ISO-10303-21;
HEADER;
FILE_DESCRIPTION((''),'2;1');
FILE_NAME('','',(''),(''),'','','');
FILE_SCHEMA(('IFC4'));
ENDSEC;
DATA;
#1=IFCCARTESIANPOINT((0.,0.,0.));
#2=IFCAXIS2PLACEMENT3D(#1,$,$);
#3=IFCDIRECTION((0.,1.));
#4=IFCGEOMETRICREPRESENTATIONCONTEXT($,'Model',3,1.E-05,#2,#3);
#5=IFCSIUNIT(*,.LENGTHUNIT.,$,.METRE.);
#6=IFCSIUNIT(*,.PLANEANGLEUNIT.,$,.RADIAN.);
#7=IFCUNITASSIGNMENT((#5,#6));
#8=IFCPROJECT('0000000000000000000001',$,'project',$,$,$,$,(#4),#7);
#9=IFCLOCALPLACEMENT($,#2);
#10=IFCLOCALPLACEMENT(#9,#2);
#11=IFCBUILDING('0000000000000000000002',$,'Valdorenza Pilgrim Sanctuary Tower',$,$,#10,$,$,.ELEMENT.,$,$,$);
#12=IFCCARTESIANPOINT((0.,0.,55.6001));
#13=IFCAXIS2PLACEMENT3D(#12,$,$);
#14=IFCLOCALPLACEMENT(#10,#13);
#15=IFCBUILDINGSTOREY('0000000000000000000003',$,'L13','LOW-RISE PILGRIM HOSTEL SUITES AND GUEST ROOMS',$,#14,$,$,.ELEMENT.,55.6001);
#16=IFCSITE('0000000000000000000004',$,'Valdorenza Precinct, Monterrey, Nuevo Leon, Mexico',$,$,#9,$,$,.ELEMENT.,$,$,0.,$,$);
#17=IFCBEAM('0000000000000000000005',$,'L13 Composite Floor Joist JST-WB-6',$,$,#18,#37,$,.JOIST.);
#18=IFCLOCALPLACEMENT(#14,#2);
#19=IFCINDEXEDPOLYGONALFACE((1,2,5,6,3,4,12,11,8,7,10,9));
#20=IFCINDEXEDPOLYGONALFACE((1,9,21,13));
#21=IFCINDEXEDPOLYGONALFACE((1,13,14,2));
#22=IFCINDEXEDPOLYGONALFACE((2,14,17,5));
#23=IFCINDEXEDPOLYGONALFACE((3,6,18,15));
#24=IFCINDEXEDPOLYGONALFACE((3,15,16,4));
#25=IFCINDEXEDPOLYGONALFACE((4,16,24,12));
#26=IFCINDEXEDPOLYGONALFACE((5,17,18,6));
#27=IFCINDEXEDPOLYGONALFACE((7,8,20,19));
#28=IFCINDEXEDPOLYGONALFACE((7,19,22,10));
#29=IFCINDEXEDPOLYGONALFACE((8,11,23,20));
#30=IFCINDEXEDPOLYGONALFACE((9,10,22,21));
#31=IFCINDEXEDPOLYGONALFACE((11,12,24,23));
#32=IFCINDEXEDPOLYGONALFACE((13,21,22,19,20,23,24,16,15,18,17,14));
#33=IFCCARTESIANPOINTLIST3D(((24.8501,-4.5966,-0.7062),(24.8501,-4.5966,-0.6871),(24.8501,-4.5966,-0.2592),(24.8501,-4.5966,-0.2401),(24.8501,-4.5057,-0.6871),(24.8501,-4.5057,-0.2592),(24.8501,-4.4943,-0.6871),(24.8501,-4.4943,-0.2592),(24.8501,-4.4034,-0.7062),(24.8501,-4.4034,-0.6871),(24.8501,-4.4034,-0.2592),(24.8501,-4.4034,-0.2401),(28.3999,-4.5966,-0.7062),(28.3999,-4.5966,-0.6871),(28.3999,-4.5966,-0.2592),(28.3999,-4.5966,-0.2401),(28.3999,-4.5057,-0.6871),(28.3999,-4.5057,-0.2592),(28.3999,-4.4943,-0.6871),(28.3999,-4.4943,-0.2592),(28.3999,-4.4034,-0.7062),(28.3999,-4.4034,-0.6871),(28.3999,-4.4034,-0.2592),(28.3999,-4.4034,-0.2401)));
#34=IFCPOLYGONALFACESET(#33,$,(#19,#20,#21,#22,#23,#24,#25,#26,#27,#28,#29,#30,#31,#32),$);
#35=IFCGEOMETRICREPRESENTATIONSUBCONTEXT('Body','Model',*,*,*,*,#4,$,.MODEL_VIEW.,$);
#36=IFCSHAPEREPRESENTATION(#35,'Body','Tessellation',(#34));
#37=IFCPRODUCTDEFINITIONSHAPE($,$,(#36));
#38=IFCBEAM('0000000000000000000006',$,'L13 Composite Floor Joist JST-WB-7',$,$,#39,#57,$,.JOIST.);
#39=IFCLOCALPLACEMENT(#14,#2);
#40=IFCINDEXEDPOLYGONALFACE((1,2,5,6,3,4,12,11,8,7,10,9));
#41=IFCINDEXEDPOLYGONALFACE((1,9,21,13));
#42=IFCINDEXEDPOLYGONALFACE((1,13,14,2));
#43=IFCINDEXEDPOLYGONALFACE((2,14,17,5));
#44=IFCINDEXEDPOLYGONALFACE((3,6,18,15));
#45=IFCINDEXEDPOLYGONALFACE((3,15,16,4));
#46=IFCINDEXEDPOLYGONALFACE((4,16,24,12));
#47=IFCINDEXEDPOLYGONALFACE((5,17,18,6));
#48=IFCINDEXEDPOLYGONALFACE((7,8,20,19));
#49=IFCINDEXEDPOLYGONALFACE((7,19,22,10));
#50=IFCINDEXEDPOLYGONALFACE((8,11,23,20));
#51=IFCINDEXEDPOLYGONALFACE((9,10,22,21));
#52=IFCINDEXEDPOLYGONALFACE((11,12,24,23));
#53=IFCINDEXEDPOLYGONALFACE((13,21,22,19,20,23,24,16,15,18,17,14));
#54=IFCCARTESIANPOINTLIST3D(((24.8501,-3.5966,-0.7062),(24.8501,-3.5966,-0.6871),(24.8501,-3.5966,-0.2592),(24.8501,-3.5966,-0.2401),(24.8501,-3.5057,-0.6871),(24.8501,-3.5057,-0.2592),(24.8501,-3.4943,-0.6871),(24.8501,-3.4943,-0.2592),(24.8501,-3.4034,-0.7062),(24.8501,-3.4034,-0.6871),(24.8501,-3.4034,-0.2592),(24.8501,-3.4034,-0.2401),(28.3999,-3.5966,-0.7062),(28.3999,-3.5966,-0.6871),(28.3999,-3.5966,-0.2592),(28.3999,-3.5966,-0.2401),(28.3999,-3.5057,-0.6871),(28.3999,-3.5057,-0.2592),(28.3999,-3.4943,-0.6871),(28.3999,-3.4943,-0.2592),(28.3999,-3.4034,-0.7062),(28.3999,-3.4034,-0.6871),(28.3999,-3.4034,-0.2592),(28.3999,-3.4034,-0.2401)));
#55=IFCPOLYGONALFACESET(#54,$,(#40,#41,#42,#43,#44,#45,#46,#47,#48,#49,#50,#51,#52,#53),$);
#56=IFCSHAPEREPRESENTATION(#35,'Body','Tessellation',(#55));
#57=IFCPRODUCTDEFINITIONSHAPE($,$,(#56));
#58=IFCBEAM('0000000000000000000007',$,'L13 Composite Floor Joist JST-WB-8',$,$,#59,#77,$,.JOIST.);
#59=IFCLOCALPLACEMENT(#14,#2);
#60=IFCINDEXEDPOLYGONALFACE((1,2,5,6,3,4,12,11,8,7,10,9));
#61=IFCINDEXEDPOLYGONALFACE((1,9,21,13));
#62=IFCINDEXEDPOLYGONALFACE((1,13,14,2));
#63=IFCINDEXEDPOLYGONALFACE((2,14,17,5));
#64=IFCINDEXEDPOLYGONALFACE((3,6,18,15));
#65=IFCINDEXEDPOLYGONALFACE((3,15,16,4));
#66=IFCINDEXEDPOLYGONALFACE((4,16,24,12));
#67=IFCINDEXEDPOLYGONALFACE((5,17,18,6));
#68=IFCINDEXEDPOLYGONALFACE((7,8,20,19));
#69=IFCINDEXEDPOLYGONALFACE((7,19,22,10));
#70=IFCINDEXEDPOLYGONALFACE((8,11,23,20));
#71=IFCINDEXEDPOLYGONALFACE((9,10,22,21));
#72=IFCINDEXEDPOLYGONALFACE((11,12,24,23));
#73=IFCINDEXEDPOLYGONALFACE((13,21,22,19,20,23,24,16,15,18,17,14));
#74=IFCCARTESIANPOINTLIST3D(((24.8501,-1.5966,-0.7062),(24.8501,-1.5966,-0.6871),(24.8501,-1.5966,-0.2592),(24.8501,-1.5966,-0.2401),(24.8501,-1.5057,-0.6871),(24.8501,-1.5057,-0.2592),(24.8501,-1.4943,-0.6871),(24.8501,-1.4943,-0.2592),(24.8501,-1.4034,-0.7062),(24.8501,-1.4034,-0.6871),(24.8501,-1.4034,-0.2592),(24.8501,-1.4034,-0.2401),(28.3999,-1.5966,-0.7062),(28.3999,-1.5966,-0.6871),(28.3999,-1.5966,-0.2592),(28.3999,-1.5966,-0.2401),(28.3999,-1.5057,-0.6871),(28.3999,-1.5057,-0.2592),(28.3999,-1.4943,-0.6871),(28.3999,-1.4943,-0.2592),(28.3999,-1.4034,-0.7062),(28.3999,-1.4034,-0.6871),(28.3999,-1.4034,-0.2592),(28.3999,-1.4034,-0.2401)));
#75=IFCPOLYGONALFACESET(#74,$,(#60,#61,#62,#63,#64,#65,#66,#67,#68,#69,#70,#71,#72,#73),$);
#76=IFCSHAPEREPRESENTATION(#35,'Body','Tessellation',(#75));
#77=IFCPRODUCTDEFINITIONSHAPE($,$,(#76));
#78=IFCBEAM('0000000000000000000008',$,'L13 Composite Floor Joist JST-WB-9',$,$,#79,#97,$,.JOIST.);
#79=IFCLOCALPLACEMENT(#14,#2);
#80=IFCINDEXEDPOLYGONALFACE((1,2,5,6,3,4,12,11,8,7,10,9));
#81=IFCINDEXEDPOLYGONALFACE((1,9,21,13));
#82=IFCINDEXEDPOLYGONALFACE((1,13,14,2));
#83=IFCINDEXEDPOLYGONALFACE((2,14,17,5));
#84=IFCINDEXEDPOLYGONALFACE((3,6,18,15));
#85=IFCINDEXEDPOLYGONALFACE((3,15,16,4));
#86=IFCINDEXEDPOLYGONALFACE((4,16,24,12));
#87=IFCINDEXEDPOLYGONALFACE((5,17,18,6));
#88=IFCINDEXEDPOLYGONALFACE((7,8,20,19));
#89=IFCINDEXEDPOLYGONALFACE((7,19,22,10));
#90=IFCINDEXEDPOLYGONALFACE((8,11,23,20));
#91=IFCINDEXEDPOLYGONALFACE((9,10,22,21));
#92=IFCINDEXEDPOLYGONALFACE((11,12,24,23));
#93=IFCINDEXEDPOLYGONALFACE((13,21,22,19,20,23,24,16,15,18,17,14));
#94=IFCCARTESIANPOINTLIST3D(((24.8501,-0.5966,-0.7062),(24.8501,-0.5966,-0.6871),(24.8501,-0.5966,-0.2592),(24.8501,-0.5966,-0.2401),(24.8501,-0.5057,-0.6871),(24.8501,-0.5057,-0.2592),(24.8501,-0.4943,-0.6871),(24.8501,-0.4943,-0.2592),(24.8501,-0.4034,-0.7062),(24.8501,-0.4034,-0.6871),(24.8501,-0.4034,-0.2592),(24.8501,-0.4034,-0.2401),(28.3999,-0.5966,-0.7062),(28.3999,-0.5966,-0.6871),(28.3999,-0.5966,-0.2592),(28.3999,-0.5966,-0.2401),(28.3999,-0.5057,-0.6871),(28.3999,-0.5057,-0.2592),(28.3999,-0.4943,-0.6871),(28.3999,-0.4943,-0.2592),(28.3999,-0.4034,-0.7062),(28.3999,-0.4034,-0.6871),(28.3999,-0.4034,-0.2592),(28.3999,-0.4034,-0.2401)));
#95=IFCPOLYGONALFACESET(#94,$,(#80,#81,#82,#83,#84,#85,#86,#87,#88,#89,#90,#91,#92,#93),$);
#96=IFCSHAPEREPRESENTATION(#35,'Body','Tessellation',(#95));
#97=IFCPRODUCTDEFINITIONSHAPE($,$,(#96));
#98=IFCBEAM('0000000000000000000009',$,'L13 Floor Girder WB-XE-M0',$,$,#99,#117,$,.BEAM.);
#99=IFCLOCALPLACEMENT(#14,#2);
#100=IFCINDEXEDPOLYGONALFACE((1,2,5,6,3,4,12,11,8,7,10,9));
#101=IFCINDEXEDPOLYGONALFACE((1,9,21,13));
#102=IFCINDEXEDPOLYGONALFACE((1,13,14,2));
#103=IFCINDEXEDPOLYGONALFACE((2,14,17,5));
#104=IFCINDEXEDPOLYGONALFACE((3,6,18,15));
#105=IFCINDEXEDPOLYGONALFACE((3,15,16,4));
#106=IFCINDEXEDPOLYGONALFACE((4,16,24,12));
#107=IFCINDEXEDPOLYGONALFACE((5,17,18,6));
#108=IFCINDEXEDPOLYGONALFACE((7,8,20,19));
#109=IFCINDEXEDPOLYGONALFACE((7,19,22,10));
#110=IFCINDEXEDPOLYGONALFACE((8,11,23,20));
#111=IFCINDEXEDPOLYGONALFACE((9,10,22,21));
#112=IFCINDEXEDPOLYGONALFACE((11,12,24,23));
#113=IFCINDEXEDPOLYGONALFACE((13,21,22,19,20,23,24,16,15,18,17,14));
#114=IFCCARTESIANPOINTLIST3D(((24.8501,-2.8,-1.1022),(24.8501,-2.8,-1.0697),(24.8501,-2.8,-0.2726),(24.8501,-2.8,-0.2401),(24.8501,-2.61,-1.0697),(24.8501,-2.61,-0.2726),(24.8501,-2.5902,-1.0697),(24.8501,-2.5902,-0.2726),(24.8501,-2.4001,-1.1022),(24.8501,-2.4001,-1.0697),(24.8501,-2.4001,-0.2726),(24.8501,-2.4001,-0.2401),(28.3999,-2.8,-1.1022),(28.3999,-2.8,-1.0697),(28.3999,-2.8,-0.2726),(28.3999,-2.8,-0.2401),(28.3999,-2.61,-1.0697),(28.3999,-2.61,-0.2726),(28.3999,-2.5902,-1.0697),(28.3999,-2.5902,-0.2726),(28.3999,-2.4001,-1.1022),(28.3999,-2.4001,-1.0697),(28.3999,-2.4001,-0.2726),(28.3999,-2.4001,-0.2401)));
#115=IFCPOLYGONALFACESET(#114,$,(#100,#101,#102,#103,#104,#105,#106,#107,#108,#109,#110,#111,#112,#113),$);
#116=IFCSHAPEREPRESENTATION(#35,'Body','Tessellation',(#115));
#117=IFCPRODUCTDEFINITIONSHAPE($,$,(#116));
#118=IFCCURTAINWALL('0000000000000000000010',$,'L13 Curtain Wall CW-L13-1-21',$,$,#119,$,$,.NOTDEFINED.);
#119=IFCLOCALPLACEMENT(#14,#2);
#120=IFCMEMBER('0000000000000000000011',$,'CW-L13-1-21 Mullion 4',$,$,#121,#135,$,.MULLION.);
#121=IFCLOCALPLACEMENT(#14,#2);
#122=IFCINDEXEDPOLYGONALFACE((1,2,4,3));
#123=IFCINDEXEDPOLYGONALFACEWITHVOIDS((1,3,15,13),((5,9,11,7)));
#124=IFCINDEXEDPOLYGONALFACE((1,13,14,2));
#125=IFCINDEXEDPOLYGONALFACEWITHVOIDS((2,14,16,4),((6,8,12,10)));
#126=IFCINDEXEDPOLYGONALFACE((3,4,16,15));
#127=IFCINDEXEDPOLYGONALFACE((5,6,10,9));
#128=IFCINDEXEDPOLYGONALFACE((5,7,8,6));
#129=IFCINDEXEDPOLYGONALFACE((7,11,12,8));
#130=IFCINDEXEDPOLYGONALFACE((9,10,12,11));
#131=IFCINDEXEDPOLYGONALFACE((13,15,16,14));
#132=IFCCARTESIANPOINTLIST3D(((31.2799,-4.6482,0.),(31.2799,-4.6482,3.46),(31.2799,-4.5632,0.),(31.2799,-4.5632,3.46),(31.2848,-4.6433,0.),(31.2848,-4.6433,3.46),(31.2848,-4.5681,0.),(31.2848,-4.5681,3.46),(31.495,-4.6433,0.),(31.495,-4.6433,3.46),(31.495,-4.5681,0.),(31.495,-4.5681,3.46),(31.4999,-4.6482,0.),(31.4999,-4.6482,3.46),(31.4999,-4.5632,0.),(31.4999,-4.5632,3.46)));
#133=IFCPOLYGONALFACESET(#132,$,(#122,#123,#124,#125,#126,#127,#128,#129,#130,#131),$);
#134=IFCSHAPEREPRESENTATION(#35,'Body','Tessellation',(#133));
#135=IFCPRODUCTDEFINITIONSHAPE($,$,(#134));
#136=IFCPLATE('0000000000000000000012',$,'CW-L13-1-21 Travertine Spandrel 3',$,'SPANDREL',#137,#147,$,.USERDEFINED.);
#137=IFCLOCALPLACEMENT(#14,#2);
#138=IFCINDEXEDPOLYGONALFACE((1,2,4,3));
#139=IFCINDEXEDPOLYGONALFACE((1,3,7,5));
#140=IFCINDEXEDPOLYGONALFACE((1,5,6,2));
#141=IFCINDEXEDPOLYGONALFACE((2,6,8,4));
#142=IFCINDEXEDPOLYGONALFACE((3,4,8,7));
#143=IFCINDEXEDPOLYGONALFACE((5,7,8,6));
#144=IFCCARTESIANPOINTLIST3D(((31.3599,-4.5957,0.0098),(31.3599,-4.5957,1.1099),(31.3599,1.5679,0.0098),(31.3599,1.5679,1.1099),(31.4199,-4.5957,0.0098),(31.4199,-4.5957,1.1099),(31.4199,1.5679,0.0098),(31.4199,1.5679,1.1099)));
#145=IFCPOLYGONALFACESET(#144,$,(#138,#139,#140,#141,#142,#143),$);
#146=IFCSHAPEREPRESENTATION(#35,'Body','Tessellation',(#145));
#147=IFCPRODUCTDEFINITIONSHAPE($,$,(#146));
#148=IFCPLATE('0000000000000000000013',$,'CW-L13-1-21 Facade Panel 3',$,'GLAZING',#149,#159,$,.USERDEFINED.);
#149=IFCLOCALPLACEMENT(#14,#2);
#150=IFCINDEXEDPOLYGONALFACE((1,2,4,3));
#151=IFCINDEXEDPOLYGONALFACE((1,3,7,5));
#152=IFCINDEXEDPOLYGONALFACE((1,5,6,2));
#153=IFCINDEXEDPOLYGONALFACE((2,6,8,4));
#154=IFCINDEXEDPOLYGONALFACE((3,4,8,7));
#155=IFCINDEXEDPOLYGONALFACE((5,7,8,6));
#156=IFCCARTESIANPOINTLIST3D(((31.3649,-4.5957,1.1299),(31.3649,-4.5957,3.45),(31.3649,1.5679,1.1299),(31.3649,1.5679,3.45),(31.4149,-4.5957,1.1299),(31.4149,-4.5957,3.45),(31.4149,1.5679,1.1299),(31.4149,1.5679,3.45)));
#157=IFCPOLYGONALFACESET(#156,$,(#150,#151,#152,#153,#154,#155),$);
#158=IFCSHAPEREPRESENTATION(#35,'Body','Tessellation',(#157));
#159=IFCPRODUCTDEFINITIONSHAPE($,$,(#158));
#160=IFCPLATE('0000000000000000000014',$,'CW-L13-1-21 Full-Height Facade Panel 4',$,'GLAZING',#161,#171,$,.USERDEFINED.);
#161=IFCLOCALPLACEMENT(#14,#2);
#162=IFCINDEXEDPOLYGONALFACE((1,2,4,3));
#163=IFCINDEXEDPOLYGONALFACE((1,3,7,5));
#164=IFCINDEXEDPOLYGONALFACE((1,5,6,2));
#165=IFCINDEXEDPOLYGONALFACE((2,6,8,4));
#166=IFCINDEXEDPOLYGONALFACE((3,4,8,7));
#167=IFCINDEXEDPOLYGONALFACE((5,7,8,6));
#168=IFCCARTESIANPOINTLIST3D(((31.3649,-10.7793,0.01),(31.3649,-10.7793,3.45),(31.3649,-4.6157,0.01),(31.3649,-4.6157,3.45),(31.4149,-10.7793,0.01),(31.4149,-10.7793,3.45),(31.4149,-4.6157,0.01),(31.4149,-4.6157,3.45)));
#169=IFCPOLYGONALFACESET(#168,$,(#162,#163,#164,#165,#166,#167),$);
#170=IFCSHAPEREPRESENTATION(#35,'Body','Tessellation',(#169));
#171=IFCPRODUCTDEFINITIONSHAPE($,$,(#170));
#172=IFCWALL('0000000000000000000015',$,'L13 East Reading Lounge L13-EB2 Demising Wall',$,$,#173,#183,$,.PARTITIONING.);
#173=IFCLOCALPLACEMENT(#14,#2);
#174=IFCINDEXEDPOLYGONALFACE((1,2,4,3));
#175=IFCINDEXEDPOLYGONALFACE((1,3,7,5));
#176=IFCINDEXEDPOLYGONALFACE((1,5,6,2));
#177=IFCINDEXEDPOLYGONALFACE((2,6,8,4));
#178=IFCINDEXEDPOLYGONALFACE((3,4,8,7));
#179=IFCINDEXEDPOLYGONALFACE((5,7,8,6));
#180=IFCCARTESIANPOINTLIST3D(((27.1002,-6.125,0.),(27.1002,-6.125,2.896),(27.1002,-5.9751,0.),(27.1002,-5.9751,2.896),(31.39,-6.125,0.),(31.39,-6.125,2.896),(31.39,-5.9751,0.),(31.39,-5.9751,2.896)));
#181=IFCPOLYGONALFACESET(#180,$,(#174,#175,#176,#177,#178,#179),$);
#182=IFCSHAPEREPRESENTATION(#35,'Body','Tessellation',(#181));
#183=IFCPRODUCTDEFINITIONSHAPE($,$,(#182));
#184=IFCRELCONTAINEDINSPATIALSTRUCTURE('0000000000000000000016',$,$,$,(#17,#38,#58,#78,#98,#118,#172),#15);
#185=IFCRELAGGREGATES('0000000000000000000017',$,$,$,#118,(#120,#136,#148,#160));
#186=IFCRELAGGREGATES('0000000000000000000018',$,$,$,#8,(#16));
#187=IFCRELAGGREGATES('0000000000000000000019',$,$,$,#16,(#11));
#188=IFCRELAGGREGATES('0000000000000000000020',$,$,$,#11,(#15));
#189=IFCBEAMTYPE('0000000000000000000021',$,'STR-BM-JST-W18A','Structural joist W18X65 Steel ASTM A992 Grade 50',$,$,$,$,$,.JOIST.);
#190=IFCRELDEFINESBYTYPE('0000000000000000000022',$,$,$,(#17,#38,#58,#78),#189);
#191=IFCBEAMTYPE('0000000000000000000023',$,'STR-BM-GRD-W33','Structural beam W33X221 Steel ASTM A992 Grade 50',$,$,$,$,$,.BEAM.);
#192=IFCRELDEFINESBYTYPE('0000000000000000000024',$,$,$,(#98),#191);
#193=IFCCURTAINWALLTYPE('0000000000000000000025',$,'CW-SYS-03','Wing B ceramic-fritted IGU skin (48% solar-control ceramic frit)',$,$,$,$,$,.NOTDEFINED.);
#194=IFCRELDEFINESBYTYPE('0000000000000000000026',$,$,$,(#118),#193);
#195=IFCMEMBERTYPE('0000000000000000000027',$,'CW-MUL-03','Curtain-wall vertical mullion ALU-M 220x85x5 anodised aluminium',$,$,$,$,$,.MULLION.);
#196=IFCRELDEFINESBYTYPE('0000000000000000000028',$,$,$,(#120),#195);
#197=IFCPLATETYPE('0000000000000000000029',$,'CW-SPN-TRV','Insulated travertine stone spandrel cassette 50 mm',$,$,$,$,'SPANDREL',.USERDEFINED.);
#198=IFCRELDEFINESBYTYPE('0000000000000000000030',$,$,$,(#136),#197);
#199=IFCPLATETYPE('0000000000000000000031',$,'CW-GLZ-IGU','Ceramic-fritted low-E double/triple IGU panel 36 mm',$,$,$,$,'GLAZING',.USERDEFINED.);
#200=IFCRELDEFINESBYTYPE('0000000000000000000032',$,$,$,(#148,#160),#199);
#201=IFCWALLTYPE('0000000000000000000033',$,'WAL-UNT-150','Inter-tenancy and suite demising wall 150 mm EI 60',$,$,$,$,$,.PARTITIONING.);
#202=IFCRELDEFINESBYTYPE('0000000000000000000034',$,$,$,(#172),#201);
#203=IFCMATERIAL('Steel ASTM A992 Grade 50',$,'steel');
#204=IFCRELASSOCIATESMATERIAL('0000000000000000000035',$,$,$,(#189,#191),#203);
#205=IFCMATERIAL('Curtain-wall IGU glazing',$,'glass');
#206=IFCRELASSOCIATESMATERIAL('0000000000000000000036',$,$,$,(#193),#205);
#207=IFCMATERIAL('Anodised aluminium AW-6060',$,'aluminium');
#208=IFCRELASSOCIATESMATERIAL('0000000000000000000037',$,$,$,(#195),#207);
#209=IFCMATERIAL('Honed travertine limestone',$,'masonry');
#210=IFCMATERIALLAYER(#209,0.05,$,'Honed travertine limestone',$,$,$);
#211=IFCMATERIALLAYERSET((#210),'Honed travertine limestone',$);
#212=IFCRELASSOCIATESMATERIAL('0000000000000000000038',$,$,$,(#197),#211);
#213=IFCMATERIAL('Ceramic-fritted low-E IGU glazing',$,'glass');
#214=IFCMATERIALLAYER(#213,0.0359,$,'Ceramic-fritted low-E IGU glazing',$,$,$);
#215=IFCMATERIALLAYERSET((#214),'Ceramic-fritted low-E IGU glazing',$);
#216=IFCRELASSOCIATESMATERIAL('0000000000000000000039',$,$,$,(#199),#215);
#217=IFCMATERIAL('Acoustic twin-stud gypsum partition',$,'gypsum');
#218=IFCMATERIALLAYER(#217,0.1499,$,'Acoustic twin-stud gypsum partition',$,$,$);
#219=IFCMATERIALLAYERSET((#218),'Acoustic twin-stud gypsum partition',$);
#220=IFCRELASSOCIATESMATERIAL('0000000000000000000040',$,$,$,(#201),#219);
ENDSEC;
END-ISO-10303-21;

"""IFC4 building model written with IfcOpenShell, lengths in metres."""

from ifc_helpers import new_model, si_unit, direction, frame, frame_2d, origin, origin_2d, place, context, subcontext, project, spatial, rectangle, hollow_rectangle, i_section, extrude, source, transform, mapped, material, layer, layer_set, material_profile, profile_set, type_object, element, aggregate, save


model = new_model("IFC4")

# Units and contexts
model_context = context("Model", 3, precision=1e-05, world=origin(), true_north=direction((0.0, 1.0)))
body_context = subcontext(model_context, "Body", "Model", "MODEL_VIEW")
ifc_project = project(units=[si_unit("LENGTHUNIT", "METRE"), si_unit("PLANEANGLEUNIT", "RADIAN")], contexts=[model_context])

# Site, building, storey
site_placement = place(None, origin())
site = spatial("IfcSite", under=ifc_project, at=site_placement, Name="Valdorenza Precinct, Monterrey, Nuevo Leon, Mexico", CompositionType="ELEMENT", RefElevation=0.0)
building_placement = place(site_placement, origin())
building = spatial("IfcBuilding", under=site, at=building_placement, Name="Valdorenza Pilgrim Sanctuary Tower", CompositionType="ELEMENT")
storey_placement = place(building_placement, frame((0.0, 0.0, 55.6001)))
storey = spatial("IfcBuildingStorey", under=building, at=storey_placement, Name="L13", Description="LOW-RISE PILGRIM HOSTEL SUITES AND GUEST ROOMS", CompositionType="ELEMENT", Elevation=55.6001)

# Beams
ifc_material_1 = material(Name="Steel ASTM A992 Grade 50", Category="steel")
ifc_material_profile_1 = material_profile(ifc_material_1, i_section(OverallWidth=0.1931, OverallDepth=0.4661, WebThickness=0.0115, FlangeThickness=0.019, at=origin_2d()), Name="W18X65")
ifc_profile_set_1 = profile_set([ifc_material_profile_1], Name="Steel ASTM A992 Grade 50")
beam_type_1 = type_object("IfcBeamType", Name="STR-BM-JST-W18A", Description="Structural joist W18X65 Steel ASTM A992 Grade 50", PredefinedType="JOIST", material=ifc_profile_set_1)
shared_shape_1 = source(origin(), body_context, "Body", "SweptSolid", [
    extrude(i_section(OverallWidth=0.1931, OverallDepth=0.4661, WebThickness=0.0115, FlangeThickness=0.019, at=origin_2d()), origin(), (0.0, 0.0, 1.0), 3.5498),
])
for number, where, z_axis, x_axis, name in (
    (1, (24.8501, -4.5, -0.4731), (1.0, 0.0, 0.0), (0.0, 1.0, 0.0), "L13 Composite Floor Joist JST-WB-6"),
    (2, (24.8501, -3.5, -0.4731), (1.0, 0.0, 0.0), (0.0, 1.0, 0.0), "L13 Composite Floor Joist JST-WB-7"),
    (3, (24.8501, -1.5, -0.4731), (1.0, 0.0, 0.0), (0.0, 1.0, 0.0), "L13 Composite Floor Joist JST-WB-8"),
    (4, (24.8501, -0.5, -0.4731), (1.0, 0.0, 0.0), (0.0, 1.0, 0.0), "L13 Composite Floor Joist JST-WB-9"),
):
    element("IfcBeam", number, at=place(storey_placement, frame(where, z_axis=z_axis, x_axis=x_axis)), inside=storey, type_object=beam_type_1, Name=name, PredefinedType="JOIST", context=body_context, shape_type="MappedRepresentation", body=[
        mapped(shared_shape_1, transform((0.0, 0.0, 0.0), x_axis=(1.0, 0.0, 0.0), y_axis=(0.0, 1.0, 0.0), z_axis=(0.0, 0.0, 1.0), scale=1.0)),
    ])
ifc_material_profile_2 = material_profile(ifc_material_1, i_section(OverallWidth=0.3999, OverallDepth=0.8621, WebThickness=0.0198, FlangeThickness=0.0325, at=origin_2d()), Name="W33X221")
ifc_profile_set_2 = profile_set([ifc_material_profile_2], Name="Steel ASTM A992 Grade 50")
beam_type_2 = type_object("IfcBeamType", Name="STR-BM-GRD-W33", Description="Structural beam W33X221 Steel ASTM A992 Grade 50", PredefinedType="BEAM", material=ifc_profile_set_2)
shared_shape_2 = source(origin(), body_context, "Body", "SweptSolid", [
    extrude(i_section(OverallWidth=0.3999, OverallDepth=0.8621, WebThickness=0.0198, FlangeThickness=0.0325, at=origin_2d()), origin(), (0.0, 0.0, 1.0), 3.5498),
])
beam_1_placement = place(storey_placement, frame((24.8501, -2.6001, -0.6711), z_axis=(1.0, 0.0, 0.0), x_axis=(0.0, 1.0, 0.0)))
element("IfcBeam", 5, at=beam_1_placement, inside=storey, type_object=beam_type_2, Name="L13 Floor Girder WB-XE-M0", PredefinedType="BEAM", context=body_context, shape_type="MappedRepresentation", body=[
    mapped(shared_shape_2, transform((0.0, 0.0, 0.0), x_axis=(1.0, 0.0, 0.0), y_axis=(0.0, 1.0, 0.0), z_axis=(0.0, 0.0, 1.0), scale=1.0)),
])

# Curtain wall, member, plates
ifc_material_2 = material(Name="Curtain-wall IGU glazing", Category="glass")
curtain_wall_type = type_object("IfcCurtainWallType", Name="CW-SYS-03", Description="Wing B ceramic-fritted IGU skin (48% solar-control ceramic frit)", PredefinedType="NOTDEFINED", material=ifc_material_2)
curtain_wall_placement = place(storey_placement, origin())
curtain_wall = element("IfcCurtainWall", 6, at=curtain_wall_placement, inside=storey, type_object=curtain_wall_type, Name="L13 Curtain Wall CW-L13-1-21", PredefinedType="NOTDEFINED")
ifc_material_3 = material(Name="Anodised aluminium AW-6060", Category="aluminium")
ifc_material_profile_3 = material_profile(ifc_material_3, hollow_rectangle(XDim=0.085, YDim=0.22, WallThickness=0.0049, at=origin_2d()), Name="ALU-M 220x85x5")
ifc_profile_set_3 = profile_set([ifc_material_profile_3], Name="Anodised aluminium AW-6060")
member_type = type_object("IfcMemberType", Name="CW-MUL-03", Description="Curtain-wall vertical mullion ALU-M 220x85x5 anodised aluminium", PredefinedType="MULLION", material=ifc_profile_set_3)
shared_shape_3 = source(origin(), body_context, "Body", "SweptSolid", [
    extrude(hollow_rectangle(XDim=0.085, YDim=0.22, WallThickness=0.0049, at=origin_2d()), origin(), (0.0, 0.0, 1.0), 3.46),
])
member_placement = place(storey_placement, frame((31.3899, -4.6057, 0.0), z_axis=(0.0, 0.0, 1.0), x_axis=(0.0, -1.0, 0.0)))
member = element("IfcMember", 7, at=member_placement, type_object=member_type, Name="CW-L13-1-21 Mullion 4", PredefinedType="MULLION", context=body_context, shape_type="MappedRepresentation", body=[
    mapped(shared_shape_3, transform((0.0, 0.0, 0.0), x_axis=(1.0, 0.0, 0.0), y_axis=(0.0, 1.0, 0.0), z_axis=(0.0, 0.0, 1.0), scale=1.0)),
])
ifc_material_4 = material(Name="Honed travertine limestone", Category="masonry")
ifc_layer_1 = layer(ifc_material_4, 0.05, Name="Honed travertine limestone")
ifc_layer_set_1 = layer_set([ifc_layer_1], Name="Honed travertine limestone")
plate_type_1 = type_object("IfcPlateType", Name="CW-SPN-TRV", Description="Insulated travertine stone spandrel cassette 50 mm", ElementType="SPANDREL", PredefinedType="USERDEFINED", material=ifc_layer_set_1)
shared_shape_4 = source(origin(), body_context, "Body", "SweptSolid", [
    extrude(rectangle(XDim=6.1636, YDim=0.0601, at=origin_2d()), origin(), (0.0, 0.0, 1.0), 1.1001),
])
plate_1_placement = place(storey_placement, frame((31.3899, -1.5139, 0.0098), z_axis=(0.0, 0.0, 1.0), x_axis=(0.0, -1.0, 0.0)))
plate_1 = element("IfcPlate", 8, at=plate_1_placement, type_object=plate_type_1, Name="CW-L13-1-21 Travertine Spandrel 3", ObjectType="SPANDREL", PredefinedType="USERDEFINED", context=body_context, shape_type="MappedRepresentation", body=[
    mapped(shared_shape_4, transform((0.0, 0.0, 0.0), x_axis=(1.0, 0.0, 0.0), y_axis=(0.0, 1.0, 0.0), z_axis=(0.0, 0.0, 1.0), scale=1.0)),
])
ifc_material_5 = material(Name="Ceramic-fritted low-E IGU glazing", Category="glass")
ifc_layer_2 = layer(ifc_material_5, 0.0359, Name="Ceramic-fritted low-E IGU glazing")
ifc_layer_set_2 = layer_set([ifc_layer_2], Name="Ceramic-fritted low-E IGU glazing")
plate_type_2 = type_object("IfcPlateType", Name="CW-GLZ-IGU", Description="Ceramic-fritted low-E double/triple IGU panel 36 mm", ElementType="GLAZING", PredefinedType="USERDEFINED", material=ifc_layer_set_2)
shared_shape_5 = source(origin(), body_context, "Body", "SweptSolid", [
    extrude(rectangle(XDim=6.1636, YDim=0.05, at=origin_2d()), origin(), (0.0, 0.0, 1.0), 2.3201),
])
plate_2_placement = place(storey_placement, frame((31.3899, -1.5139, 1.1299), z_axis=(0.0, 0.0, 1.0), x_axis=(0.0, -1.0, 0.0)))
plate_2 = element("IfcPlate", 9, at=plate_2_placement, type_object=plate_type_2, Name="CW-L13-1-21 Facade Panel 3", ObjectType="GLAZING", PredefinedType="USERDEFINED", context=body_context, shape_type="MappedRepresentation", body=[
    mapped(shared_shape_5, transform((0.0, 0.0, 0.0), x_axis=(1.0, 0.0, 0.0), y_axis=(0.0, 1.0, 0.0), z_axis=(0.0, 0.0, 1.0), scale=1.0)),
])
shared_shape_6 = source(origin(), body_context, "Body", "SweptSolid", [
    extrude(rectangle(XDim=6.1636, YDim=0.05, at=origin_2d()), origin(), (0.0, 0.0, 1.0), 3.4399),
])
plate_3_placement = place(storey_placement, frame((31.3899, -7.6975, 0.01), z_axis=(0.0, 0.0, 1.0), x_axis=(0.0, -1.0, 0.0)))
plate_3 = element("IfcPlate", 10, at=plate_3_placement, type_object=plate_type_2, Name="CW-L13-1-21 Full-Height Facade Panel 4", ObjectType="GLAZING", PredefinedType="USERDEFINED", context=body_context, shape_type="MappedRepresentation", body=[
    mapped(shared_shape_6, transform((0.0, 0.0, 0.0), x_axis=(1.0, 0.0, 0.0), y_axis=(0.0, 1.0, 0.0), z_axis=(0.0, 0.0, 1.0), scale=1.0)),
])
aggregate(curtain_wall, [member, plate_1, plate_2, plate_3])

# Wall
ifc_material_6 = material(Name="Acoustic twin-stud gypsum partition", Category="gypsum")
ifc_layer_3 = layer(ifc_material_6, 0.1499, Name="Acoustic twin-stud gypsum partition")
ifc_layer_set_3 = layer_set([ifc_layer_3], Name="Acoustic twin-stud gypsum partition")
wall_type = type_object("IfcWallType", Name="WAL-UNT-150", Description="Inter-tenancy and suite demising wall 150 mm EI 60", PredefinedType="PARTITIONING", material=ifc_layer_set_3)
wall_placement = place(storey_placement, frame((27.1001, -6.05, 0.0), z_axis=(0.0, 0.0, 1.0), x_axis=(1.0, 0.0, 0.0)))
element("IfcWall", 11, at=wall_placement, inside=storey, type_object=wall_type, Name="L13 East Reading Lounge L13-EB2 Demising Wall", PredefinedType="PARTITIONING", context=body_context, shape_type="SweptSolid", body=[
    extrude(rectangle(XDim=4.2898, YDim=0.1499, at=frame_2d((2.145, 0.0))), origin(), (0.0, 0.0, 1.0), 2.896),
])

save(model, "model.ifc")
